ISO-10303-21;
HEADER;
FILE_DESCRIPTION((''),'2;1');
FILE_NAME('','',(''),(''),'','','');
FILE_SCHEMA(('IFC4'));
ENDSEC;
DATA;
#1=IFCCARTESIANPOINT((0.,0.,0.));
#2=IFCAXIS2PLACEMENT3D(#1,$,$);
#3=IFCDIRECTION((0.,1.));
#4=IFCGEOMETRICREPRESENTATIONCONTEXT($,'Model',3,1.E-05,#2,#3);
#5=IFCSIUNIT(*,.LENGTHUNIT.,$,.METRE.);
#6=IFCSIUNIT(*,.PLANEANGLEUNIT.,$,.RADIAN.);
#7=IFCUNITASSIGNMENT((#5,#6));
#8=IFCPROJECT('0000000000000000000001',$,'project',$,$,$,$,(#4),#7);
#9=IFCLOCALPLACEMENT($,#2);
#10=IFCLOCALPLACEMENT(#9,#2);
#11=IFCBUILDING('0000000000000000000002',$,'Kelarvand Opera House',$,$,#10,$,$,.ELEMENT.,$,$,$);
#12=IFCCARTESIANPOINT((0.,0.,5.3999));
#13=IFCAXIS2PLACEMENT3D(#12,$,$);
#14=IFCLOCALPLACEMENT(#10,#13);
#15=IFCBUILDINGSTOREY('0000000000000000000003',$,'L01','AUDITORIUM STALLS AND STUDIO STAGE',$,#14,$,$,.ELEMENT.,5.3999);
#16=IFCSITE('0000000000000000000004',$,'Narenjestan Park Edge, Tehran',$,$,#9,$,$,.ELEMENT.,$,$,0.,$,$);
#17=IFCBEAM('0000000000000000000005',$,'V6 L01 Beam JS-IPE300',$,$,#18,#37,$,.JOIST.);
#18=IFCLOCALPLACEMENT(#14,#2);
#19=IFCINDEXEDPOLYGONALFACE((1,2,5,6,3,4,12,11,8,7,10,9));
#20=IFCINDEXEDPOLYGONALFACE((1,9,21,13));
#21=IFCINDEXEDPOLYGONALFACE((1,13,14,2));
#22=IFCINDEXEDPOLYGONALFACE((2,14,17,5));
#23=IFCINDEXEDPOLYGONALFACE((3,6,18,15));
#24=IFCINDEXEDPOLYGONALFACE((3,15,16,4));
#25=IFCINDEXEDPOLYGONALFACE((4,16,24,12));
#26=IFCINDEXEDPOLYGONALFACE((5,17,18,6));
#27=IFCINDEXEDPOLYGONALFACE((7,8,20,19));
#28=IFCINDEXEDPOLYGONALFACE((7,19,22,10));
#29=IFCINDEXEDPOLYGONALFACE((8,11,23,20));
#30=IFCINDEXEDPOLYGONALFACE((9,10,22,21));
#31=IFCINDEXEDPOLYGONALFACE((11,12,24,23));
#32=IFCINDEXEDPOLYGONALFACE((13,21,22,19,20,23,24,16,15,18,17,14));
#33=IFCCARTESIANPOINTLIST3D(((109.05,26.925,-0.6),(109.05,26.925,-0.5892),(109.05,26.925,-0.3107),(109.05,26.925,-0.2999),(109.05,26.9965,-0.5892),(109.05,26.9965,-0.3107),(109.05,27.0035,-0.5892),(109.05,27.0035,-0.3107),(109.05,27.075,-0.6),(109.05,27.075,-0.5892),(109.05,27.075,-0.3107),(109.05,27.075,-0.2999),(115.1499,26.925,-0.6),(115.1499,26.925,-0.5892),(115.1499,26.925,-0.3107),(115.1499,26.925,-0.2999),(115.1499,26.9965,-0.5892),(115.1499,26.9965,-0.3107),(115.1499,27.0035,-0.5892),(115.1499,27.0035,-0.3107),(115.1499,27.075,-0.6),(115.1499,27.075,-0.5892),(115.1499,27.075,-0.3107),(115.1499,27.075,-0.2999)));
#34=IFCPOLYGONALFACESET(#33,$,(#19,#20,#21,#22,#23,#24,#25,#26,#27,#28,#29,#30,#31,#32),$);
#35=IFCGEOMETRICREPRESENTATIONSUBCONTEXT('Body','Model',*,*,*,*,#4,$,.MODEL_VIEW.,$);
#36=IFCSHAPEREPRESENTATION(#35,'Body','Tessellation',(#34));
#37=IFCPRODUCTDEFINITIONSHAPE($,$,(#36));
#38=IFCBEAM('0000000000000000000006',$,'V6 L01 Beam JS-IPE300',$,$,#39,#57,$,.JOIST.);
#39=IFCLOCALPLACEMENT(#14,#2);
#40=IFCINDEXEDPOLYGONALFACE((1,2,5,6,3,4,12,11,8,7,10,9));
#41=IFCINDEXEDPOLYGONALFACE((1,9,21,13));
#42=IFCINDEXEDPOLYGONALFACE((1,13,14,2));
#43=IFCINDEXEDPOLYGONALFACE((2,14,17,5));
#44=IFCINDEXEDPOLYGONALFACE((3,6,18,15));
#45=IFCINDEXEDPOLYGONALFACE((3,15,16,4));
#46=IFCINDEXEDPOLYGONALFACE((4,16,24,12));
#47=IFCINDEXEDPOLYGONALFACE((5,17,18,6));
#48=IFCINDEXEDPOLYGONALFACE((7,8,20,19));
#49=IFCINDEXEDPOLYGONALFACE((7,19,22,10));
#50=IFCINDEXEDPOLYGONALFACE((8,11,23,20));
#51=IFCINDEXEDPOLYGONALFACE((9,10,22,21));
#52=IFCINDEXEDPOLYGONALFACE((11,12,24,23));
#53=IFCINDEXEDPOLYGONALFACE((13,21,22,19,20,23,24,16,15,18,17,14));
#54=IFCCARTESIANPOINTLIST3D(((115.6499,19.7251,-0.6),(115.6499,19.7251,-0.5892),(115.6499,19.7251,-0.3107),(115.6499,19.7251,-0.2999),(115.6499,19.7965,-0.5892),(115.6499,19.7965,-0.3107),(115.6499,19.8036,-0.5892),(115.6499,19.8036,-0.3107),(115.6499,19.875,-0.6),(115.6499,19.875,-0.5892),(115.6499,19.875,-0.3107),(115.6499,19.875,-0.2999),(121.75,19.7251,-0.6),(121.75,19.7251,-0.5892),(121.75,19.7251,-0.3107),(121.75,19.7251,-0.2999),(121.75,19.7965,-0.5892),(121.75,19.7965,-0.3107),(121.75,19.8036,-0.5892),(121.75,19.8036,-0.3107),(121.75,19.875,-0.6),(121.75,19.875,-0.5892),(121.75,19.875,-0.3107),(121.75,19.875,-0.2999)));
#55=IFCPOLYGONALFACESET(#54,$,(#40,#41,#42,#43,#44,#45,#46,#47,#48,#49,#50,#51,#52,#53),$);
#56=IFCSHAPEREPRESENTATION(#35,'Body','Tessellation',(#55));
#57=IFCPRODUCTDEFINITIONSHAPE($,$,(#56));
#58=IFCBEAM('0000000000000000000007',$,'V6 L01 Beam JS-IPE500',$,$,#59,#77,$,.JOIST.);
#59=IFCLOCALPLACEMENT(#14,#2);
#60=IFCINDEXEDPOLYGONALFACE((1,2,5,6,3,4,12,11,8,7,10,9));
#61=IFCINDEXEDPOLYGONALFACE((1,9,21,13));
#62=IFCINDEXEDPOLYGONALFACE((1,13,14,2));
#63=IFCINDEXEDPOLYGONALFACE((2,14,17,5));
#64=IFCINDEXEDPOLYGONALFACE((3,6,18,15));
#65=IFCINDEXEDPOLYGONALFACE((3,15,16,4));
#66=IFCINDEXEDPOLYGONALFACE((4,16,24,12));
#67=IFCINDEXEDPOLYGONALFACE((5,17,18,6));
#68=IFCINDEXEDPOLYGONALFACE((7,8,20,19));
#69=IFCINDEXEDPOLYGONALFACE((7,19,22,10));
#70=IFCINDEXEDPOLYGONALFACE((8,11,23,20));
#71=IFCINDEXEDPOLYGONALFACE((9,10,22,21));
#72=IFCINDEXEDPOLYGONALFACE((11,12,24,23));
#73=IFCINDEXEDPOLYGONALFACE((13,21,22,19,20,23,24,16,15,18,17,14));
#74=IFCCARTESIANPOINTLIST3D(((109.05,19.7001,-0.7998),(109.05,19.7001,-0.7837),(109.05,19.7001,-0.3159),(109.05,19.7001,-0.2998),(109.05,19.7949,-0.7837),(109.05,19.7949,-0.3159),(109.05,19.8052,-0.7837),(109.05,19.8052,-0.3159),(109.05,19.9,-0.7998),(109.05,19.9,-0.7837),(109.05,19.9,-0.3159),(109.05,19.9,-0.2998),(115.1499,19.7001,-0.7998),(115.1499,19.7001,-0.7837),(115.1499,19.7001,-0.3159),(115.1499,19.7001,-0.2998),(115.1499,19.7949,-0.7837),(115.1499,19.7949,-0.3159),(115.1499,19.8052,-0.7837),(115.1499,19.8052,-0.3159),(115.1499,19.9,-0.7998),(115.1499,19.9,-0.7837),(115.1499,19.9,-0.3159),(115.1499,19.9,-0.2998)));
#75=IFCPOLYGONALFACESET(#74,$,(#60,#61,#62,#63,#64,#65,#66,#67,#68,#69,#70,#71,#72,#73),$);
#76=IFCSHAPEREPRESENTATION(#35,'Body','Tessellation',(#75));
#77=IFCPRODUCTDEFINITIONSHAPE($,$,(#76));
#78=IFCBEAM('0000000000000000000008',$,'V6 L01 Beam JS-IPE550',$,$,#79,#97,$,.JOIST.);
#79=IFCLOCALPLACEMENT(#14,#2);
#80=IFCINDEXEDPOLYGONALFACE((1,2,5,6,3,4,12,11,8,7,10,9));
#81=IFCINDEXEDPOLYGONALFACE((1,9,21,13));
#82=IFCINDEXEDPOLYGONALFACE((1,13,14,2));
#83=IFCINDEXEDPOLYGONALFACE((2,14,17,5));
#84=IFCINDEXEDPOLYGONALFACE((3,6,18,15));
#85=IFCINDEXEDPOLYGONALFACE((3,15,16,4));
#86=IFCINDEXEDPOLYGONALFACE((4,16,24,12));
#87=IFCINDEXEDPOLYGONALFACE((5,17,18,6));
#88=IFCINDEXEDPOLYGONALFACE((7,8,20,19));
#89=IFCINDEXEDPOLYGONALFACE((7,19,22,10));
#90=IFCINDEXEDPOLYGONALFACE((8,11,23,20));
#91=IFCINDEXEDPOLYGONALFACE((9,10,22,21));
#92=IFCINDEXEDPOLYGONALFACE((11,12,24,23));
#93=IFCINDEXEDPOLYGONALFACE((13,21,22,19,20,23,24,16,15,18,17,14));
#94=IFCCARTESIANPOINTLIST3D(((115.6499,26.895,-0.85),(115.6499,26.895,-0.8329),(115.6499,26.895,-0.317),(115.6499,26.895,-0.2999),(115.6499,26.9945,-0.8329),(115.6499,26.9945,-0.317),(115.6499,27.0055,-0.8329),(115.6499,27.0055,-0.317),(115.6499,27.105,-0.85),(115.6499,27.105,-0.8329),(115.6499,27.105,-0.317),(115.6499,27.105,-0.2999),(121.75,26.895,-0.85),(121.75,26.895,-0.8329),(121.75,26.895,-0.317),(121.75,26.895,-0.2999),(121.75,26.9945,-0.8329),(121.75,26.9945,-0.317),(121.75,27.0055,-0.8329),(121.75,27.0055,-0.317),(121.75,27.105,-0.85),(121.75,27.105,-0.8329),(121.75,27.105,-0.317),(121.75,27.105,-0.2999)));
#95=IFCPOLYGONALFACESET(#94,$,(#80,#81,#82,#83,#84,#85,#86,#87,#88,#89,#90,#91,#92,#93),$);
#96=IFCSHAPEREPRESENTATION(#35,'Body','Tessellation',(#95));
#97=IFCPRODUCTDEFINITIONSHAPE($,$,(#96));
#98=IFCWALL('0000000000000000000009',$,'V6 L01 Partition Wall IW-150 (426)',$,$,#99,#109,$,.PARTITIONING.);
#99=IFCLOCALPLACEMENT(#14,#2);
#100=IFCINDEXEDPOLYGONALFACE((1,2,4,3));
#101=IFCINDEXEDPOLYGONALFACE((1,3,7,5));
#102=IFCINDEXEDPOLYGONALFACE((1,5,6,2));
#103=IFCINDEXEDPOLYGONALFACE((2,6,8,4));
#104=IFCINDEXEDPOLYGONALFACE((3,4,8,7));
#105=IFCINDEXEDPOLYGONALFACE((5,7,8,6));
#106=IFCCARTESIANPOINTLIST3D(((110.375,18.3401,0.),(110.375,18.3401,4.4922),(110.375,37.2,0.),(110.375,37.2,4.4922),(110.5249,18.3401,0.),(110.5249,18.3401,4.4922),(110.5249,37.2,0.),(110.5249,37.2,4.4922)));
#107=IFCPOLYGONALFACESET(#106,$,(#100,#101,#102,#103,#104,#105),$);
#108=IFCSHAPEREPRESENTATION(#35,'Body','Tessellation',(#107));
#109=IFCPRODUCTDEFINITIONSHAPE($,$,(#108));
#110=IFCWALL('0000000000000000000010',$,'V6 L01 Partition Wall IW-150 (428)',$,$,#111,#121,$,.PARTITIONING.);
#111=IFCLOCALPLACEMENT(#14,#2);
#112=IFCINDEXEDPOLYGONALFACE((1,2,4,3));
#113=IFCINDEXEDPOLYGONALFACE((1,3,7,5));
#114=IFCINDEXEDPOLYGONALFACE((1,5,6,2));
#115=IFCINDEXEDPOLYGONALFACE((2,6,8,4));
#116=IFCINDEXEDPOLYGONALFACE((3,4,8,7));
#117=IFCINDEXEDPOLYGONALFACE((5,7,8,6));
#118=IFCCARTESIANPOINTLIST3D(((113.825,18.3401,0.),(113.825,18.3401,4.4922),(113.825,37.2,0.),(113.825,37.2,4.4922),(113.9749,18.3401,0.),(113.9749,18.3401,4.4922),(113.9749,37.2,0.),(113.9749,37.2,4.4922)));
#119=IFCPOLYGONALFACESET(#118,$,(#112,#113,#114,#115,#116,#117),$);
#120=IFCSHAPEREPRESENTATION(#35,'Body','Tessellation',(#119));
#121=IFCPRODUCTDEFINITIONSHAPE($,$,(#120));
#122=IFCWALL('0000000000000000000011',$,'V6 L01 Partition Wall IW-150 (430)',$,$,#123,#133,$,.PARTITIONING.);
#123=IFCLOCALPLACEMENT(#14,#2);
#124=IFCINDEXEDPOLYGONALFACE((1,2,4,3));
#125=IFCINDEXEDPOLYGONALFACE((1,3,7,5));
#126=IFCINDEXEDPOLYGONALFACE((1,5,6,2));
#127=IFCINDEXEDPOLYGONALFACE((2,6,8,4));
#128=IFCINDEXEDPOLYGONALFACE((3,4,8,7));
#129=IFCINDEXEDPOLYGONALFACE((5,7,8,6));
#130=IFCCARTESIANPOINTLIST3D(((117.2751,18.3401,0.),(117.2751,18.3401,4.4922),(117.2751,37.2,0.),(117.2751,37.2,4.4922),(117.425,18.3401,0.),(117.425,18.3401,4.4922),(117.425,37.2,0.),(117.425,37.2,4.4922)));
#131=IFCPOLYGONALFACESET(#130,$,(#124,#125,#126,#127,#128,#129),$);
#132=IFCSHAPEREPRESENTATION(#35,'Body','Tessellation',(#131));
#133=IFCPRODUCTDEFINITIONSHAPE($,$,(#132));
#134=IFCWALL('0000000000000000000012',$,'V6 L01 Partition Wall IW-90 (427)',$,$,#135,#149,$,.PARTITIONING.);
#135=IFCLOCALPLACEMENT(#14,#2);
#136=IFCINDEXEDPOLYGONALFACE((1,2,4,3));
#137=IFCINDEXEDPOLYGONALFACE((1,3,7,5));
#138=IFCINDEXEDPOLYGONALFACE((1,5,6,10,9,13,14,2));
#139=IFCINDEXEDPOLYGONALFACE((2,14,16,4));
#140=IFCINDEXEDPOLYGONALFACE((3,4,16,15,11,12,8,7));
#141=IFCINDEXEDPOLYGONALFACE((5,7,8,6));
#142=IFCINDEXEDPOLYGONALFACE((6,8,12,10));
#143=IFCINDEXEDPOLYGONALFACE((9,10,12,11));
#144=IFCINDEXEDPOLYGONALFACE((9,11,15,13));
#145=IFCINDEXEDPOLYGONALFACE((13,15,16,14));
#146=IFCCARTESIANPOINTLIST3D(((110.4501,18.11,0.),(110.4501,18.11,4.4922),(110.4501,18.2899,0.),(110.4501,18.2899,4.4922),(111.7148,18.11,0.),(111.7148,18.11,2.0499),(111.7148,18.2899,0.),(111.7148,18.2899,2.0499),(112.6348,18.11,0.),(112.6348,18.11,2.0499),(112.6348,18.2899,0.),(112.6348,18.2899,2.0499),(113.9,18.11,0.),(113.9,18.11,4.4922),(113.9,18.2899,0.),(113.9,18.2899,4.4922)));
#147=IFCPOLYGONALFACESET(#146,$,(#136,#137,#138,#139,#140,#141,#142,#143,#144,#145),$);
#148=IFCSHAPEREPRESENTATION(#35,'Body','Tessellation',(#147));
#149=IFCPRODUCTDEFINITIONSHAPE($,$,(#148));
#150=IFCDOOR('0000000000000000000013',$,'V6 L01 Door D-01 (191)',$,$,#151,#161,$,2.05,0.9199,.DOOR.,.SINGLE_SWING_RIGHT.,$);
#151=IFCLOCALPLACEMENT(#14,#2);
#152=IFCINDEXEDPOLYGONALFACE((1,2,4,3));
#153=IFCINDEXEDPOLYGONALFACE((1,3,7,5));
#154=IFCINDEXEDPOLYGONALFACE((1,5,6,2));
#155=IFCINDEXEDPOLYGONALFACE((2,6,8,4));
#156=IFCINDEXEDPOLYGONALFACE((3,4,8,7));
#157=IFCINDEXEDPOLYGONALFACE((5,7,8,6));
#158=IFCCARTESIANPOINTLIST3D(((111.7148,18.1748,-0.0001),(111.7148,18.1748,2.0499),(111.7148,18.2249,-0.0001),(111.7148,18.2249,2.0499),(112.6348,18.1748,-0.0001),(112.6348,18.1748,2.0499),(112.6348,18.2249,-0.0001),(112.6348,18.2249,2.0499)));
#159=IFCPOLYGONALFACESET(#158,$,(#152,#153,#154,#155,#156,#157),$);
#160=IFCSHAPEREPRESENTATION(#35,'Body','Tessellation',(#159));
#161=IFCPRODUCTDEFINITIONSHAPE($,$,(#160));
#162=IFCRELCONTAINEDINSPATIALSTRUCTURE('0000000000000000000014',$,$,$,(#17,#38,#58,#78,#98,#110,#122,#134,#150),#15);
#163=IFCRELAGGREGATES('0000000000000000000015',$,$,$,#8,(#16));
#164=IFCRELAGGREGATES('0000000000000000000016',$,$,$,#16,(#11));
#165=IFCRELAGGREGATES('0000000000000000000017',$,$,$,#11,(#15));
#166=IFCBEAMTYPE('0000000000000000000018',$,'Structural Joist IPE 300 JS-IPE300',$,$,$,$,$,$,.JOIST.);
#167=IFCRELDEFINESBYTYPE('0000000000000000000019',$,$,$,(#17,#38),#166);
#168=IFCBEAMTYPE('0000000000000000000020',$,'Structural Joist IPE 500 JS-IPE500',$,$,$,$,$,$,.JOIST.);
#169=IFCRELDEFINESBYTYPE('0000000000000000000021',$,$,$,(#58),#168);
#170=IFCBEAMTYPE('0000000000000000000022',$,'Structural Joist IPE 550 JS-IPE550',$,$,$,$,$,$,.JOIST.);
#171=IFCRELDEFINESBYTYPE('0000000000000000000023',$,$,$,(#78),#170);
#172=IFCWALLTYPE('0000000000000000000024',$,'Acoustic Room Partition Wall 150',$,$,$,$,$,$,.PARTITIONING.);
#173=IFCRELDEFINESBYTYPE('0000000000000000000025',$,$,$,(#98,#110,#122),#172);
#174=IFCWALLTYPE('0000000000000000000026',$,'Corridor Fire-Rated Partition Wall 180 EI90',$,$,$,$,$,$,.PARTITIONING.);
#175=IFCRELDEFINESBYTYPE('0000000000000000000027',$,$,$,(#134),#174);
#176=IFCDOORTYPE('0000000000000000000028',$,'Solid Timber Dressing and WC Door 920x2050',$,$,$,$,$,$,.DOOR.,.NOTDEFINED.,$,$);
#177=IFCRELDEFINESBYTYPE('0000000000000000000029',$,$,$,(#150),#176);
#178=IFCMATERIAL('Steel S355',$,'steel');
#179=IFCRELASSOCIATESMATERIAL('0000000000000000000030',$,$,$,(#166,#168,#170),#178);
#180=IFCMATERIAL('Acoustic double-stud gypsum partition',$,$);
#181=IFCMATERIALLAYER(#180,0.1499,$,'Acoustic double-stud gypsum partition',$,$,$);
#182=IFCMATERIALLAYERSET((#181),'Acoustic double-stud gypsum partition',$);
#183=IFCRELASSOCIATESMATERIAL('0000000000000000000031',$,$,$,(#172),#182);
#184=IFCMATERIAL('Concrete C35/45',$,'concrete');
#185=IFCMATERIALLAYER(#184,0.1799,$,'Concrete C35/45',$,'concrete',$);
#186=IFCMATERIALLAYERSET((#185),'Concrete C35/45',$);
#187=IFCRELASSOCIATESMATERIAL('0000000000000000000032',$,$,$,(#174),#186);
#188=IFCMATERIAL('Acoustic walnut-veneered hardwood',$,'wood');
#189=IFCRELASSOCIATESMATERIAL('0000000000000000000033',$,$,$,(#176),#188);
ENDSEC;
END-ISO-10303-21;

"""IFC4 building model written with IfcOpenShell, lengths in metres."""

from ifc_helpers import new_model, si_unit, direction, frame, frame_2d, origin, origin_2d, place, context, subcontext, project, spatial, rectangle, i_section, extrude, material, layer, layer_set, material_profile, profile_set, type_object, element, fill, save


model = new_model("IFC4")

# Units and contexts
model_context = context("Model", 3, precision=1e-05, world=origin(), true_north=direction((0.0, 1.0)))
body_context = subcontext(model_context, "Body", "Model", "MODEL_VIEW")
ifc_project = project(units=[si_unit("LENGTHUNIT", "METRE"), si_unit("PLANEANGLEUNIT", "RADIAN")], contexts=[model_context])

# Site, building, storey
site_placement = place(None, origin())
site = spatial("IfcSite", under=ifc_project, at=site_placement, Name="Narenjestan Park Edge, Tehran", CompositionType="ELEMENT", RefElevation=0.0)
building_placement = place(site_placement, origin())
building = spatial("IfcBuilding", under=site, at=building_placement, Name="Kelarvand Opera House", CompositionType="ELEMENT")
storey_placement = place(building_placement, frame((0.0, 0.0, 5.3999)))
storey = spatial("IfcBuildingStorey", under=building, at=storey_placement, Name="L01", Description="AUDITORIUM STALLS AND STUDIO STAGE", CompositionType="ELEMENT", Elevation=5.3999)

# Beams
ifc_material_1 = material(Name="Steel S355", Category="steel")
ifc_material_profile_1 = material_profile(ifc_material_1, i_section(OverallWidth=0.1499, OverallDepth=0.3, WebThickness=0.0071, FlangeThickness=0.0107, at=origin_2d()), Name="IPE 300", Category="steel")
ifc_profile_set_1 = profile_set([ifc_material_profile_1], Name="Steel S355")
beam_type_1 = type_object("IfcBeamType", Name="Structural Joist IPE 300 JS-IPE300", PredefinedType="JOIST", material=ifc_profile_set_1)
beam_1_placement = place(storey_placement, frame((109.05, 27.0, -0.45), z_axis=(1.0, 0.0, 0.0), x_axis=(0.0, 1.0, 0.0)))
element("IfcBeam", 1, at=beam_1_placement, inside=storey, type_object=beam_type_1, Name="V6 L01 Beam JS-IPE300", PredefinedType="JOIST", context=body_context, shape_type="SweptSolid", body=[
    extrude(i_section(OverallWidth=0.1499, OverallDepth=0.3, WebThickness=0.0071, FlangeThickness=0.0107, at=origin_2d()), origin(), (0.0, 0.0, 1.0), 6.0999),
])
beam_2_placement = place(storey_placement, frame((115.6499, 19.8, -0.45), z_axis=(1.0, 0.0, 0.0), x_axis=(0.0, 1.0, 0.0)))
element("IfcBeam", 2, at=beam_2_placement, inside=storey, type_object=beam_type_1, Name="V6 L01 Beam JS-IPE300", PredefinedType="JOIST", context=body_context, shape_type="SweptSolid", body=[
    extrude(i_section(OverallWidth=0.1499, OverallDepth=0.3, WebThickness=0.0071, FlangeThickness=0.0107, at=origin_2d()), origin(), (0.0, 0.0, 1.0), 6.1001),
])
ifc_material_profile_2 = material_profile(ifc_material_1, i_section(OverallWidth=0.2, OverallDepth=0.5, WebThickness=0.0103, FlangeThickness=0.0161, at=origin_2d()), Name="IPE 500", Category="steel")
ifc_profile_set_2 = profile_set([ifc_material_profile_2], Name="Steel S355")
beam_type_2 = type_object("IfcBeamType", Name="Structural Joist IPE 500 JS-IPE500", PredefinedType="JOIST", material=ifc_profile_set_2)
beam_3_placement = place(storey_placement, frame((109.05, 19.8, -0.5498), z_axis=(1.0, 0.0, 0.0), x_axis=(0.0, 1.0, 0.0)))
element("IfcBeam", 3, at=beam_3_placement, inside=storey, type_object=beam_type_2, Name="V6 L01 Beam JS-IPE500", PredefinedType="JOIST", context=body_context, shape_type="SweptSolid", body=[
    extrude(i_section(OverallWidth=0.2, OverallDepth=0.5, WebThickness=0.0103, FlangeThickness=0.0161, at=origin_2d()), origin(), (0.0, 0.0, 1.0), 6.0999),
])
ifc_material_profile_3 = material_profile(ifc_material_1, i_section(OverallWidth=0.21, OverallDepth=0.55, WebThickness=0.011, FlangeThickness=0.0171, at=origin_2d()), Name="IPE 550", Category="steel")
ifc_profile_set_3 = profile_set([ifc_material_profile_3], Name="Steel S355")
beam_type_3 = type_object("IfcBeamType", Name="Structural Joist IPE 550 JS-IPE550", PredefinedType="JOIST", material=ifc_profile_set_3)
beam_4_placement = place(storey_placement, frame((115.6499, 27.0, -0.575), z_axis=(1.0, 0.0, 0.0), x_axis=(0.0, 1.0, 0.0)))
element("IfcBeam", 4, at=beam_4_placement, inside=storey, type_object=beam_type_3, Name="V6 L01 Beam JS-IPE550", PredefinedType="JOIST", context=body_context, shape_type="SweptSolid", body=[
    extrude(i_section(OverallWidth=0.21, OverallDepth=0.55, WebThickness=0.011, FlangeThickness=0.0171, at=origin_2d()), origin(), (0.0, 0.0, 1.0), 6.1001),
])

# Walls
ifc_material_2 = material(Name="Acoustic double-stud gypsum partition")
ifc_layer_1 = layer(ifc_material_2, 0.1499, Name="Acoustic double-stud gypsum partition")
ifc_layer_set_1 = layer_set([ifc_layer_1], Name="Acoustic double-stud gypsum partition")
wall_type_1 = type_object("IfcWallType", Name="Acoustic Room Partition Wall 150", PredefinedType="PARTITIONING", material=ifc_layer_set_1)
for number, where, z_axis, x_axis, name in (
    (5, (110.45, 18.3401, 0.0), (0.0, 0.0, 1.0), (0.0, 1.0, 0.0), "V6 L01 Partition Wall IW-150 (426)"),
    (6, (113.8999, 18.3401, 0.0), (0.0, 0.0, 1.0), (0.0, 1.0, 0.0), "V6 L01 Partition Wall IW-150 (428)"),
    (7, (117.3501, 18.3401, 0.0), (0.0, 0.0, 1.0), (0.0, 1.0, 0.0), "V6 L01 Partition Wall IW-150 (430)"),
):
    element("IfcWall", number, at=place(storey_placement, frame(where, z_axis=z_axis, x_axis=x_axis)), inside=storey, type_object=wall_type_1, Name=name, PredefinedType="PARTITIONING", context=body_context, shape_type="SweptSolid", body=[
        extrude(rectangle(XDim=18.8599, YDim=0.1499, at=frame_2d((9.4299, 0.0))), origin(), (0.0, 0.0, 1.0), 4.4922),
    ])

# Wall, opening, door
ifc_material_3 = material(Name="Concrete C35/45", Category="concrete")
ifc_layer_2 = layer(ifc_material_3, 0.1799, Name="Concrete C35/45", Category="concrete")
ifc_layer_set_2 = layer_set([ifc_layer_2], Name="Concrete C35/45")
wall_type_2 = type_object("IfcWallType", Name="Corridor Fire-Rated Partition Wall 180 EI90", PredefinedType="PARTITIONING", material=ifc_layer_set_2)
wall_1_placement = place(storey_placement, frame((110.45, 18.2, 0.0), z_axis=(0.0, 0.0, 1.0), x_axis=(1.0, 0.0, 0.0)))
wall_1 = element("IfcWall", 8, at=wall_1_placement, inside=storey, type_object=wall_type_2, Name="V6 L01 Partition Wall IW-90 (427)", PredefinedType="PARTITIONING", context=body_context, shape_type="SweptSolid", body=[
    extrude(rectangle(XDim=3.45, YDim=0.1799, at=frame_2d((1.7251, 0.0))), origin(), (0.0, 0.0, 1.0), 4.4922),
])
opening_1_placement = place(wall_1_placement, frame((1.2649, 0.0, 0.0)))
opening_1 = element("IfcOpeningElement", 9, at=opening_1_placement, cuts=wall_1, PredefinedType="OPENING", context=body_context, shape_type="SweptSolid", body=[
    extrude(rectangle(XDim=0.9199, YDim=2.05, at=frame_2d((0.46, 1.0249))), frame((0.0, 0.1001, 0.0), z_axis=(0.0, -1.0, 0.0), x_axis=(1.0, 0.0, 0.0)), (0.0, 0.0, 1.0), 0.2),
])
ifc_material_4 = material(Name="Acoustic walnut-veneered hardwood", Category="wood")
door_type = type_object("IfcDoorType", Name="Solid Timber Dressing and WC Door 920x2050", OperationType="NOTDEFINED", PredefinedType="DOOR", material=ifc_material_4)
door_1_placement = place(opening_1_placement, origin())
door_1 = element("IfcDoor", 10, at=door_1_placement, inside=storey, type_object=door_type, Name="V6 L01 Door D-01 (191)", OperationType="SINGLE_SWING_RIGHT", OverallHeight=2.05, OverallWidth=0.9199, PredefinedType="DOOR", context=body_context, shape_type="SweptSolid", body=[
    extrude(rectangle(XDim=0.9199, YDim=2.05, at=frame_2d((0.46, 1.0249))), frame((0.0, 0.0249, 0.0), z_axis=(0.0, -1.0, 0.0), x_axis=(1.0, 0.0, 0.0)), (0.0, 0.0, 1.0), 0.05),
])
fill(opening_1, door_1)

save(model, "model.ifc")
